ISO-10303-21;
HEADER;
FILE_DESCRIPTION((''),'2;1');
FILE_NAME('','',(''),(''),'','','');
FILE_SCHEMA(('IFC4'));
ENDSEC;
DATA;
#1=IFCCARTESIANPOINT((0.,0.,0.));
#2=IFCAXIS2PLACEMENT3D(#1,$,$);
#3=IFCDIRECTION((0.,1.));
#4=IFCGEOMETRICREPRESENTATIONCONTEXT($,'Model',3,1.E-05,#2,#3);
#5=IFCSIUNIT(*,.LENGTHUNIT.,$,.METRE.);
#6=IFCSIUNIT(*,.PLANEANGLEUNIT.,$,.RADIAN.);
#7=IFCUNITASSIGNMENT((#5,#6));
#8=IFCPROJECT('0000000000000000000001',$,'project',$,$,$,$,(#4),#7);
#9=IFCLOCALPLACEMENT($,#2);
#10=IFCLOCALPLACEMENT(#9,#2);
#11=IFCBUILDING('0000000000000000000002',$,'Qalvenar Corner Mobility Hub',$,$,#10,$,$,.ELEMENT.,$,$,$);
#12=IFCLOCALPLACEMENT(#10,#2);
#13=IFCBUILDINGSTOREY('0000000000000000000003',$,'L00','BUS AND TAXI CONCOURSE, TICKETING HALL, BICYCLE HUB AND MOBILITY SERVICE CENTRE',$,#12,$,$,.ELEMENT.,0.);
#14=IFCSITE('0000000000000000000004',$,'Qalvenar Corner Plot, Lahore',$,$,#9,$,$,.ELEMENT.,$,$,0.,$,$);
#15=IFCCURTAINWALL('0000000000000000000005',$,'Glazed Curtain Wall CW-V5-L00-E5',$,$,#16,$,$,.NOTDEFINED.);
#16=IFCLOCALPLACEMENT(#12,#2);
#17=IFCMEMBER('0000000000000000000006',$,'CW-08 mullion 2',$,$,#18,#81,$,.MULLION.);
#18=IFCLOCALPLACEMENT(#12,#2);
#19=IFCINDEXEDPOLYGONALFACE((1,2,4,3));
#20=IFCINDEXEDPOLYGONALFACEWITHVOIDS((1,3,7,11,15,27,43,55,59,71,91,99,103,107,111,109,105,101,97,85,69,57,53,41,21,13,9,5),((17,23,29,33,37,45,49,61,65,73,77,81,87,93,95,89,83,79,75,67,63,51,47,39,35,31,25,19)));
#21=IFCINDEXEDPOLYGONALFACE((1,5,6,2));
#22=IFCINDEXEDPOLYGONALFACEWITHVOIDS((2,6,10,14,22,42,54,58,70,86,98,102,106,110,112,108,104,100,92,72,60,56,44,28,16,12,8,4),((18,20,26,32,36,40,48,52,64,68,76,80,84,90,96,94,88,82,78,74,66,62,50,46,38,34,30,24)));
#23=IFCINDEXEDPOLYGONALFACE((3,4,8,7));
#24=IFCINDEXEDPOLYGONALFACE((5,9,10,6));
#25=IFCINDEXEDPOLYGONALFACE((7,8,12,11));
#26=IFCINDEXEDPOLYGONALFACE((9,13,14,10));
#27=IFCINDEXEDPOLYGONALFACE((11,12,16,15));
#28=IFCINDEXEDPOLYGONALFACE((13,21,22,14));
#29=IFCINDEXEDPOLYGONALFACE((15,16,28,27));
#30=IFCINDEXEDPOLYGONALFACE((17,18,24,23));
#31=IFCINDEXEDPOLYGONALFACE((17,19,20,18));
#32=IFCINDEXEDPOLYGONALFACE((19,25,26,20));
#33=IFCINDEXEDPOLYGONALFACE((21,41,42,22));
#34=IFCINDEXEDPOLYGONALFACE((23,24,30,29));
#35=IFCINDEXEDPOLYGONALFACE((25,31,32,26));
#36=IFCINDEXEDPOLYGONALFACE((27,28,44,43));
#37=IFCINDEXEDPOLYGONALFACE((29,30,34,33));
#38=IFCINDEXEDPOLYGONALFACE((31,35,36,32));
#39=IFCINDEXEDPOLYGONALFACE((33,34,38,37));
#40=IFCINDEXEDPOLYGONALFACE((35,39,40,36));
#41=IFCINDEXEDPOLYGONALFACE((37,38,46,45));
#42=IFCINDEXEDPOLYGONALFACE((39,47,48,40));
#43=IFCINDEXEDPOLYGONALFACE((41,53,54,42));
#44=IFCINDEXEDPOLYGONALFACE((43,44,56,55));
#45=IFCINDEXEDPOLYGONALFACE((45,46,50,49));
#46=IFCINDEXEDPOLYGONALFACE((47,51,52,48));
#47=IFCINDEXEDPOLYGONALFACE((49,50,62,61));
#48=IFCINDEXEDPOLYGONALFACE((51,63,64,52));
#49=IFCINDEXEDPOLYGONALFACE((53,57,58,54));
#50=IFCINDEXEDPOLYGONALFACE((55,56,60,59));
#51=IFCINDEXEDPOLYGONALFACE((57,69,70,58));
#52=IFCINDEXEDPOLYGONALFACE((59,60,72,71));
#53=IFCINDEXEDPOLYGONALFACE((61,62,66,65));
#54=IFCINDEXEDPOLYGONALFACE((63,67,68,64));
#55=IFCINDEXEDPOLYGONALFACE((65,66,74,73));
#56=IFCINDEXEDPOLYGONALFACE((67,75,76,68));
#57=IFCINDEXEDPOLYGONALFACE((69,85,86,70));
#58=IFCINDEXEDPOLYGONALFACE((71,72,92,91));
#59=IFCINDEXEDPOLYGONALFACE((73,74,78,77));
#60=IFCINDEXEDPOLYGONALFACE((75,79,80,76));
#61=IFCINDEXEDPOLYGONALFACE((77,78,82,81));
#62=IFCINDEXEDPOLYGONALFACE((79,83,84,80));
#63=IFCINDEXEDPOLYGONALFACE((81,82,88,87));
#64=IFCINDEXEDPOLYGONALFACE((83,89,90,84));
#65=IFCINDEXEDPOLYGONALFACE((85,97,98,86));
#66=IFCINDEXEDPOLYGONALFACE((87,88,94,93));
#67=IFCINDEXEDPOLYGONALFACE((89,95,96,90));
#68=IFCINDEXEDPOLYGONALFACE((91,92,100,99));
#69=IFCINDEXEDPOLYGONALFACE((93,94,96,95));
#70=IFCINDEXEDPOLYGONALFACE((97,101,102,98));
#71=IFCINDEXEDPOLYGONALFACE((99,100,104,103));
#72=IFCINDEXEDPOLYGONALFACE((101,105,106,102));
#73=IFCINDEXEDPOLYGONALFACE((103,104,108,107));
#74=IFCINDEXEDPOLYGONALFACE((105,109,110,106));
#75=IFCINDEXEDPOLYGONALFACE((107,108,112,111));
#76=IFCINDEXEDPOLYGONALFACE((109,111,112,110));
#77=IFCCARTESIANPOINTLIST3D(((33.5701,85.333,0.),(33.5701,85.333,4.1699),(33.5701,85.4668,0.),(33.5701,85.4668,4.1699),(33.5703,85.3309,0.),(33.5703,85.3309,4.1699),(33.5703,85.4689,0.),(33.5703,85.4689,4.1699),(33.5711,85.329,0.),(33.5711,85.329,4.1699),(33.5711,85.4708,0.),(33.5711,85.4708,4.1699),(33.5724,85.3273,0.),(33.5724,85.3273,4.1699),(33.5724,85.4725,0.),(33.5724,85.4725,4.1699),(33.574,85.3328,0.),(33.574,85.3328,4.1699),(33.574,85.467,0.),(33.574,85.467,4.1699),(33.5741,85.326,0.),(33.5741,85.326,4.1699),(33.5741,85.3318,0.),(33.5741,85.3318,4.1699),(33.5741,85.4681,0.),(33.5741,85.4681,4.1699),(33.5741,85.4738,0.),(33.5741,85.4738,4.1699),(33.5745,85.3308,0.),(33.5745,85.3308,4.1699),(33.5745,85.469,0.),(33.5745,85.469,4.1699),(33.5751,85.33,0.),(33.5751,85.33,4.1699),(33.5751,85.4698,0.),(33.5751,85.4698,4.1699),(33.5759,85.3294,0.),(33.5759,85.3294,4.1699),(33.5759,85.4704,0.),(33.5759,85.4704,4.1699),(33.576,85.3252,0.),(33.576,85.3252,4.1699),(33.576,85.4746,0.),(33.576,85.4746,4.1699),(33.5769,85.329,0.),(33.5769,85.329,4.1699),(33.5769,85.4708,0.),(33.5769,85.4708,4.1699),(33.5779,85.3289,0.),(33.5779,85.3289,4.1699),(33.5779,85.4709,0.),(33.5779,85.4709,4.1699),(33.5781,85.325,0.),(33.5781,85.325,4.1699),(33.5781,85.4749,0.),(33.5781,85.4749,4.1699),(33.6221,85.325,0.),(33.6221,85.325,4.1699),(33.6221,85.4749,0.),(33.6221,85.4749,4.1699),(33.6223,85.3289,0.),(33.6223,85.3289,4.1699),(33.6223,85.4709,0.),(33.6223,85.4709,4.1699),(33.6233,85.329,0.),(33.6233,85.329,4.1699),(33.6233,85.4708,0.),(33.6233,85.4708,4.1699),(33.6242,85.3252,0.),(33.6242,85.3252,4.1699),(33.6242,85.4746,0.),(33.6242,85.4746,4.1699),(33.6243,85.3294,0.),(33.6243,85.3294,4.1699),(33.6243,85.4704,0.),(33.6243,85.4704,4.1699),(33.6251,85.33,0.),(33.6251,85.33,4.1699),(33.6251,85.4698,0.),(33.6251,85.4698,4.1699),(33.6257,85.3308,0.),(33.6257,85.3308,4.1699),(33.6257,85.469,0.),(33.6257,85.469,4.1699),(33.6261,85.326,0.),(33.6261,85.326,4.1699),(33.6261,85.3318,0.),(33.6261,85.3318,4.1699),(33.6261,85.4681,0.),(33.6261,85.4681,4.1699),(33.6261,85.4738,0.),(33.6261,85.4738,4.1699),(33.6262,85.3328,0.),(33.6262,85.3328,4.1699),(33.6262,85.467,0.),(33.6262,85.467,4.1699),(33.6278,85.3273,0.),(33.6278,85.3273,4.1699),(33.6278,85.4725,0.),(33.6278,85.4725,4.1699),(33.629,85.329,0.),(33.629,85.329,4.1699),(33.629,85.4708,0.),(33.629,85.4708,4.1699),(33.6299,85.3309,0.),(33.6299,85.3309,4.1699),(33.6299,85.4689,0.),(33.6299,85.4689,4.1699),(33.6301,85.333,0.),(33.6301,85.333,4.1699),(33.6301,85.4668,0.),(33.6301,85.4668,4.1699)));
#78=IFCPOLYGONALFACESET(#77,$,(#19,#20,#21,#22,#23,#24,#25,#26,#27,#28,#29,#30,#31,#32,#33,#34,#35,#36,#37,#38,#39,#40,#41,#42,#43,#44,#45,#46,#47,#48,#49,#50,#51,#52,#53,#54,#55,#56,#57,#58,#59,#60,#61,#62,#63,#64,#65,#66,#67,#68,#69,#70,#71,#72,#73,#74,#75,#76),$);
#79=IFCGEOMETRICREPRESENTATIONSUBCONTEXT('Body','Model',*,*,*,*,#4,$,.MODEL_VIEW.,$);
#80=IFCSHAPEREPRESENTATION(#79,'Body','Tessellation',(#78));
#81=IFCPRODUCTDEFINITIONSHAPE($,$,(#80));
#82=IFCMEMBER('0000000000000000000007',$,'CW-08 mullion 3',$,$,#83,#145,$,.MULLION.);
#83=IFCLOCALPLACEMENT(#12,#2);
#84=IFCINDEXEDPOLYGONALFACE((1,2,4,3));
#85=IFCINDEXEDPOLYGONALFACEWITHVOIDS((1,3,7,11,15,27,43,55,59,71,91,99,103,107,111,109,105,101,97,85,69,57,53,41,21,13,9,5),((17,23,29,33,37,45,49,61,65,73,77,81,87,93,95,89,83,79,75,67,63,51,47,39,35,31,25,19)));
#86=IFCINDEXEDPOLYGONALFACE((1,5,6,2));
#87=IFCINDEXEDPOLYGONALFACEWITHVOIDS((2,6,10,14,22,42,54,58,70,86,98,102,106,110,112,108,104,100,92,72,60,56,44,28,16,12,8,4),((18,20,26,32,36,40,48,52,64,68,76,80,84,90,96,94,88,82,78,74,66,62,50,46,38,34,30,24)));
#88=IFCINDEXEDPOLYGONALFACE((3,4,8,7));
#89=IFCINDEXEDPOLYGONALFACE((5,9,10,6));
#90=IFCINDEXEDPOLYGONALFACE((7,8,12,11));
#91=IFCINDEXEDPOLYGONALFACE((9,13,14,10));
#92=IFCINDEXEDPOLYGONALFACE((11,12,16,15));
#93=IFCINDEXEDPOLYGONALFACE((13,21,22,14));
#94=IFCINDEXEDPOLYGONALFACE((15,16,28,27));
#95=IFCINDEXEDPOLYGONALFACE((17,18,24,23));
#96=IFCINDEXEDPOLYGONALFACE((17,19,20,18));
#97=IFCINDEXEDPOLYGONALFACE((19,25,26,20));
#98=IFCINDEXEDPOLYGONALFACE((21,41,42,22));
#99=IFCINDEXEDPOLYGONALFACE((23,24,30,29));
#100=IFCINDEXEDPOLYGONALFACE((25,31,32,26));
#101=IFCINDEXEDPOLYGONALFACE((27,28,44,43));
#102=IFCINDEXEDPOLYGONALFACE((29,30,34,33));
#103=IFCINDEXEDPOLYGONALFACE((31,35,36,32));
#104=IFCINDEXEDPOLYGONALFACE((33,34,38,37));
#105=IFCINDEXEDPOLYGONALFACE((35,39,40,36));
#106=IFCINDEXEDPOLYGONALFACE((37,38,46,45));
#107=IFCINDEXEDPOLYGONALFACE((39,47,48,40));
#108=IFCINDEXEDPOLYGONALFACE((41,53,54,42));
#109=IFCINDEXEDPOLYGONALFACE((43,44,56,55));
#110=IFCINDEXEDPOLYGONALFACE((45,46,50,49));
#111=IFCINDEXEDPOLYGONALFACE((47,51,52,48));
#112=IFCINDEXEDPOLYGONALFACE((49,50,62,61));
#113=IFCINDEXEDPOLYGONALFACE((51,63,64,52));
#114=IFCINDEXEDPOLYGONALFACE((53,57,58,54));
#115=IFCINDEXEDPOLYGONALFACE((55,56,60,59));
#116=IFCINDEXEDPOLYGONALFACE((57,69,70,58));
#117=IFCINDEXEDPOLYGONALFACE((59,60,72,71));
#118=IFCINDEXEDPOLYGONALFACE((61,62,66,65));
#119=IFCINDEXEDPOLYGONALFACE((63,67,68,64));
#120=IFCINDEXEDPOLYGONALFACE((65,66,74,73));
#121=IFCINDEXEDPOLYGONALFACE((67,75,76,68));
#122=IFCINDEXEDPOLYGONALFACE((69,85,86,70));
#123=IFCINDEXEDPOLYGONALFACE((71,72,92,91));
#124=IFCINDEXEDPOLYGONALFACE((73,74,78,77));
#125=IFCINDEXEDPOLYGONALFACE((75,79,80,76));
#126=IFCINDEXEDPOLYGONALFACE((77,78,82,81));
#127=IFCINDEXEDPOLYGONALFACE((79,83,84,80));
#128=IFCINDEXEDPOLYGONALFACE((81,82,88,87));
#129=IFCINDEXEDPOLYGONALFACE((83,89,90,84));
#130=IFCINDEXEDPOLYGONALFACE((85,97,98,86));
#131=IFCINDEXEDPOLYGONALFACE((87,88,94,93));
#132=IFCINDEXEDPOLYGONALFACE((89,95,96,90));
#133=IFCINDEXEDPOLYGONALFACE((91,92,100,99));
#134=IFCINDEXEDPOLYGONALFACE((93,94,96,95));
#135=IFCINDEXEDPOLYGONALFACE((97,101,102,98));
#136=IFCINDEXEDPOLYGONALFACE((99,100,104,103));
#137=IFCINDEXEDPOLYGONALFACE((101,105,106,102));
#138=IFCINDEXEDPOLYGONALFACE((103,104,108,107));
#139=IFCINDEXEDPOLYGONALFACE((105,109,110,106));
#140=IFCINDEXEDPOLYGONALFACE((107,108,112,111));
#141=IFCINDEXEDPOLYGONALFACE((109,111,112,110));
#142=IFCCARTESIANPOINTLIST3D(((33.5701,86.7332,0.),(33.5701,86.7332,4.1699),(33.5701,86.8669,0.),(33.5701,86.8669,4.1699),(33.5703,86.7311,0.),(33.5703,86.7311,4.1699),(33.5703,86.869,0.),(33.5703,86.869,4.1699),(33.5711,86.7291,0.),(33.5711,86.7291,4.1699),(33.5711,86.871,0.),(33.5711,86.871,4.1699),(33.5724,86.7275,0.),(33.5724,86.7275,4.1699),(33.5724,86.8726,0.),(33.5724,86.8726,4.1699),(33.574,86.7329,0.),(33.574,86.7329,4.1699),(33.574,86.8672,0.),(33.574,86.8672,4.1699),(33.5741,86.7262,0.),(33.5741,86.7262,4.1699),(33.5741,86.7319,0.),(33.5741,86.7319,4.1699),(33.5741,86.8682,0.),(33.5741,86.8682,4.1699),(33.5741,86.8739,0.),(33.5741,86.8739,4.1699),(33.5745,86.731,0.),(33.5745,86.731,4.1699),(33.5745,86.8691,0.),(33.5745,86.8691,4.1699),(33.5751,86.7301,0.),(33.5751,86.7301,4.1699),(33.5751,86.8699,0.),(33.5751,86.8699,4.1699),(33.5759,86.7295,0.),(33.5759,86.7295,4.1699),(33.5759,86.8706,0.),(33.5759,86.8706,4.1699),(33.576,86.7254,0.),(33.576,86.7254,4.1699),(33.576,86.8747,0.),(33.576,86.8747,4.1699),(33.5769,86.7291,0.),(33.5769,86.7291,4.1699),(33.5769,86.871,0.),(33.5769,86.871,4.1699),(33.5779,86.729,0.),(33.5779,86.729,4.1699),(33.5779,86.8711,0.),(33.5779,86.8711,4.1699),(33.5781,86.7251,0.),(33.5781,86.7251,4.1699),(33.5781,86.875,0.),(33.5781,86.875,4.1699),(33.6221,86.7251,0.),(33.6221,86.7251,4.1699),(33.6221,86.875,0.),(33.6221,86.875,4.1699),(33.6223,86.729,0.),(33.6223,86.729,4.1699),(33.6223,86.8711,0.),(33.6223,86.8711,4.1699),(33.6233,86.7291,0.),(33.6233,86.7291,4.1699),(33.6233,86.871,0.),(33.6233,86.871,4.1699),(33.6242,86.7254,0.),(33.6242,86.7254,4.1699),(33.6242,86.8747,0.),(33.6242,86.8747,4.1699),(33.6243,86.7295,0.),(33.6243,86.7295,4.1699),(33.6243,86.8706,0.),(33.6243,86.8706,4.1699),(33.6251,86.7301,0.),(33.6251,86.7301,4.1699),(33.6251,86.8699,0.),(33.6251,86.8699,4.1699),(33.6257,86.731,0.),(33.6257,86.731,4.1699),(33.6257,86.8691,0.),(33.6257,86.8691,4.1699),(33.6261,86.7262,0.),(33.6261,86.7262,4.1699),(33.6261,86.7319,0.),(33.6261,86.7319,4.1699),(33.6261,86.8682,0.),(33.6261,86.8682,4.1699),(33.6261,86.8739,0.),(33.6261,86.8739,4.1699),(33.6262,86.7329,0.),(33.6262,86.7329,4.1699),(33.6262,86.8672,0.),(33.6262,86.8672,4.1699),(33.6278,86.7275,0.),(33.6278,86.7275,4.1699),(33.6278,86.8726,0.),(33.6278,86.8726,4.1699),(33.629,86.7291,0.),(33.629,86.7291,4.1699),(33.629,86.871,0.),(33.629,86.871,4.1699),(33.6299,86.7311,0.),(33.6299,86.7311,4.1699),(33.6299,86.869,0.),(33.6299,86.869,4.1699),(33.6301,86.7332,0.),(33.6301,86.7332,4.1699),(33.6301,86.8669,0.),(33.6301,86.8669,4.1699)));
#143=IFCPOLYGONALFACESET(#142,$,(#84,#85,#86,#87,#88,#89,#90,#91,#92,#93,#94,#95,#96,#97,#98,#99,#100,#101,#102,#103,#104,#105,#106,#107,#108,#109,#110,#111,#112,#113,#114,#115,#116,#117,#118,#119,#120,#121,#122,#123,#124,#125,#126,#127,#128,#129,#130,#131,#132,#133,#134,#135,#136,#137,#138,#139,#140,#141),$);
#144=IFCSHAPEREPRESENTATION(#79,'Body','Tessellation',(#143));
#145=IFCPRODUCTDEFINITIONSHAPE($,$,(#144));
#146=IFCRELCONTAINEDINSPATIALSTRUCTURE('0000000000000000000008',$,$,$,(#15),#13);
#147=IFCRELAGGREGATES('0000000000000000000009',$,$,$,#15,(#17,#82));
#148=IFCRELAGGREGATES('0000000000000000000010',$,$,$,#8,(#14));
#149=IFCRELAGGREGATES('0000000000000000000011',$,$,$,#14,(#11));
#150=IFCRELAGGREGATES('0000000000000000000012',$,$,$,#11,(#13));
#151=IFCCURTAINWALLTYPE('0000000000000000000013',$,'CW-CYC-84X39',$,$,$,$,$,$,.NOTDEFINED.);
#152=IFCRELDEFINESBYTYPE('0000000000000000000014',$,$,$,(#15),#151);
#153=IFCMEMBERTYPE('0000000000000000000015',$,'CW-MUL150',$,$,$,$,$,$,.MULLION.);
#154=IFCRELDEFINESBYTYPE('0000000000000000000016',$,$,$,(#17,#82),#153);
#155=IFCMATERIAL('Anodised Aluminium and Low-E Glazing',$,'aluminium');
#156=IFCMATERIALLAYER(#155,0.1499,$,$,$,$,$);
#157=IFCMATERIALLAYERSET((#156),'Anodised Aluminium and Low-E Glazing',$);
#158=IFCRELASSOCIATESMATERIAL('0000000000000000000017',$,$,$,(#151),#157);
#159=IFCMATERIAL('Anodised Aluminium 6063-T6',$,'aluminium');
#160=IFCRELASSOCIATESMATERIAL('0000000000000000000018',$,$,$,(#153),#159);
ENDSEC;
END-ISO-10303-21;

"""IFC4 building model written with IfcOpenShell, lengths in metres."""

from ifc_helpers import new_model, si_unit, direction, frame, origin, origin_2d, place, context, subcontext, project, spatial, hollow_rectangle, extrude, material, layer, layer_set, material_profile, profile_set, type_object, element, aggregate, save


model = new_model("IFC4")

# Units and contexts
model_context = context("Model", 3, precision=1e-05, world=origin(), true_north=direction((0.0, 1.0)))
body_context = subcontext(model_context, "Body", "Model", "MODEL_VIEW")
ifc_project = project(units=[si_unit("LENGTHUNIT", "METRE"), si_unit("PLANEANGLEUNIT", "RADIAN")], contexts=[model_context])

# Site, building, storey
site_placement = place(None, origin())
site = spatial("IfcSite", under=ifc_project, at=site_placement, Name="Qalvenar Corner Plot, Lahore", CompositionType="ELEMENT", RefElevation=0.0)
building_placement = place(site_placement, origin())
building = spatial("IfcBuilding", under=site, at=building_placement, Name="Qalvenar Corner Mobility Hub", CompositionType="ELEMENT")
storey_placement = place(building_placement, origin())
storey = spatial("IfcBuildingStorey", under=building, at=storey_placement, Name="L00", Description="BUS AND TAXI CONCOURSE, TICKETING HALL, BICYCLE HUB AND MOBILITY SERVICE CENTRE", CompositionType="ELEMENT", Elevation=0.0)

# Curtain wall, members
ifc_material_1 = material(Name="Anodised Aluminium and Low-E Glazing", Category="aluminium")
ifc_layer_1 = layer(ifc_material_1, 0.1499)
ifc_layer_set_1 = layer_set([ifc_layer_1], Name="Anodised Aluminium and Low-E Glazing")
curtain_wall_type = type_object("IfcCurtainWallType", Name="CW-CYC-84X39", PredefinedType="NOTDEFINED", material=ifc_layer_set_1)
curtain_wall_placement = place(storey_placement, origin())
curtain_wall = element("IfcCurtainWall", 1, at=curtain_wall_placement, inside=storey, type_object=curtain_wall_type, Name="Glazed Curtain Wall CW-V5-L00-E5", PredefinedType="NOTDEFINED")
ifc_material_2 = material(Name="Anodised Aluminium 6063-T6", Category="aluminium")
ifc_material_profile_1 = material_profile(ifc_material_2, hollow_rectangle(XDim=0.0601, YDim=0.1499, WallThickness=0.0039, InnerFilletRadius=0.0039, OuterFilletRadius=0.0081, at=origin_2d()), Name="RHS150x60x4")
ifc_profile_set_1 = profile_set([ifc_material_profile_1], Name="Anodised Aluminium 6063-T6")
member_type_1 = type_object("IfcMemberType", Name="CW-MUL150", PredefinedType="MULLION", material=ifc_profile_set_1)
member_1_placement = place(storey_placement, frame((33.6001, 85.3999, 0.0), z_axis=(0.0, 0.0, 1.0), x_axis=(-1.0, 0.0, 0.0)))
member_1 = element("IfcMember", 2, at=member_1_placement, type_object=member_type_1, Name="CW-08 mullion 2", PredefinedType="MULLION", context=body_context, shape_type="SweptSolid", body=[
    extrude(hollow_rectangle(XDim=0.0601, YDim=0.1499, WallThickness=0.0039, InnerFilletRadius=0.0039, OuterFilletRadius=0.0081, at=origin_2d()), origin(), (0.0, 0.0, 1.0), 4.1699),
])
member_2_placement = place(storey_placement, frame((33.6001, 86.8, 0.0), z_axis=(0.0, 0.0, 1.0), x_axis=(-1.0, 0.0, 0.0)))
member_2 = element("IfcMember", 3, at=member_2_placement, type_object=member_type_1, Name="CW-08 mullion 3", PredefinedType="MULLION", context=body_context, shape_type="SweptSolid", body=[
    extrude(hollow_rectangle(XDim=0.0601, YDim=0.1499, WallThickness=0.0039, InnerFilletRadius=0.0039, OuterFilletRadius=0.0081, at=origin_2d()), origin(), (0.0, 0.0, 1.0), 4.1699),
])
aggregate(curtain_wall, [member_1, member_2])

save(model, "model.ifc")
